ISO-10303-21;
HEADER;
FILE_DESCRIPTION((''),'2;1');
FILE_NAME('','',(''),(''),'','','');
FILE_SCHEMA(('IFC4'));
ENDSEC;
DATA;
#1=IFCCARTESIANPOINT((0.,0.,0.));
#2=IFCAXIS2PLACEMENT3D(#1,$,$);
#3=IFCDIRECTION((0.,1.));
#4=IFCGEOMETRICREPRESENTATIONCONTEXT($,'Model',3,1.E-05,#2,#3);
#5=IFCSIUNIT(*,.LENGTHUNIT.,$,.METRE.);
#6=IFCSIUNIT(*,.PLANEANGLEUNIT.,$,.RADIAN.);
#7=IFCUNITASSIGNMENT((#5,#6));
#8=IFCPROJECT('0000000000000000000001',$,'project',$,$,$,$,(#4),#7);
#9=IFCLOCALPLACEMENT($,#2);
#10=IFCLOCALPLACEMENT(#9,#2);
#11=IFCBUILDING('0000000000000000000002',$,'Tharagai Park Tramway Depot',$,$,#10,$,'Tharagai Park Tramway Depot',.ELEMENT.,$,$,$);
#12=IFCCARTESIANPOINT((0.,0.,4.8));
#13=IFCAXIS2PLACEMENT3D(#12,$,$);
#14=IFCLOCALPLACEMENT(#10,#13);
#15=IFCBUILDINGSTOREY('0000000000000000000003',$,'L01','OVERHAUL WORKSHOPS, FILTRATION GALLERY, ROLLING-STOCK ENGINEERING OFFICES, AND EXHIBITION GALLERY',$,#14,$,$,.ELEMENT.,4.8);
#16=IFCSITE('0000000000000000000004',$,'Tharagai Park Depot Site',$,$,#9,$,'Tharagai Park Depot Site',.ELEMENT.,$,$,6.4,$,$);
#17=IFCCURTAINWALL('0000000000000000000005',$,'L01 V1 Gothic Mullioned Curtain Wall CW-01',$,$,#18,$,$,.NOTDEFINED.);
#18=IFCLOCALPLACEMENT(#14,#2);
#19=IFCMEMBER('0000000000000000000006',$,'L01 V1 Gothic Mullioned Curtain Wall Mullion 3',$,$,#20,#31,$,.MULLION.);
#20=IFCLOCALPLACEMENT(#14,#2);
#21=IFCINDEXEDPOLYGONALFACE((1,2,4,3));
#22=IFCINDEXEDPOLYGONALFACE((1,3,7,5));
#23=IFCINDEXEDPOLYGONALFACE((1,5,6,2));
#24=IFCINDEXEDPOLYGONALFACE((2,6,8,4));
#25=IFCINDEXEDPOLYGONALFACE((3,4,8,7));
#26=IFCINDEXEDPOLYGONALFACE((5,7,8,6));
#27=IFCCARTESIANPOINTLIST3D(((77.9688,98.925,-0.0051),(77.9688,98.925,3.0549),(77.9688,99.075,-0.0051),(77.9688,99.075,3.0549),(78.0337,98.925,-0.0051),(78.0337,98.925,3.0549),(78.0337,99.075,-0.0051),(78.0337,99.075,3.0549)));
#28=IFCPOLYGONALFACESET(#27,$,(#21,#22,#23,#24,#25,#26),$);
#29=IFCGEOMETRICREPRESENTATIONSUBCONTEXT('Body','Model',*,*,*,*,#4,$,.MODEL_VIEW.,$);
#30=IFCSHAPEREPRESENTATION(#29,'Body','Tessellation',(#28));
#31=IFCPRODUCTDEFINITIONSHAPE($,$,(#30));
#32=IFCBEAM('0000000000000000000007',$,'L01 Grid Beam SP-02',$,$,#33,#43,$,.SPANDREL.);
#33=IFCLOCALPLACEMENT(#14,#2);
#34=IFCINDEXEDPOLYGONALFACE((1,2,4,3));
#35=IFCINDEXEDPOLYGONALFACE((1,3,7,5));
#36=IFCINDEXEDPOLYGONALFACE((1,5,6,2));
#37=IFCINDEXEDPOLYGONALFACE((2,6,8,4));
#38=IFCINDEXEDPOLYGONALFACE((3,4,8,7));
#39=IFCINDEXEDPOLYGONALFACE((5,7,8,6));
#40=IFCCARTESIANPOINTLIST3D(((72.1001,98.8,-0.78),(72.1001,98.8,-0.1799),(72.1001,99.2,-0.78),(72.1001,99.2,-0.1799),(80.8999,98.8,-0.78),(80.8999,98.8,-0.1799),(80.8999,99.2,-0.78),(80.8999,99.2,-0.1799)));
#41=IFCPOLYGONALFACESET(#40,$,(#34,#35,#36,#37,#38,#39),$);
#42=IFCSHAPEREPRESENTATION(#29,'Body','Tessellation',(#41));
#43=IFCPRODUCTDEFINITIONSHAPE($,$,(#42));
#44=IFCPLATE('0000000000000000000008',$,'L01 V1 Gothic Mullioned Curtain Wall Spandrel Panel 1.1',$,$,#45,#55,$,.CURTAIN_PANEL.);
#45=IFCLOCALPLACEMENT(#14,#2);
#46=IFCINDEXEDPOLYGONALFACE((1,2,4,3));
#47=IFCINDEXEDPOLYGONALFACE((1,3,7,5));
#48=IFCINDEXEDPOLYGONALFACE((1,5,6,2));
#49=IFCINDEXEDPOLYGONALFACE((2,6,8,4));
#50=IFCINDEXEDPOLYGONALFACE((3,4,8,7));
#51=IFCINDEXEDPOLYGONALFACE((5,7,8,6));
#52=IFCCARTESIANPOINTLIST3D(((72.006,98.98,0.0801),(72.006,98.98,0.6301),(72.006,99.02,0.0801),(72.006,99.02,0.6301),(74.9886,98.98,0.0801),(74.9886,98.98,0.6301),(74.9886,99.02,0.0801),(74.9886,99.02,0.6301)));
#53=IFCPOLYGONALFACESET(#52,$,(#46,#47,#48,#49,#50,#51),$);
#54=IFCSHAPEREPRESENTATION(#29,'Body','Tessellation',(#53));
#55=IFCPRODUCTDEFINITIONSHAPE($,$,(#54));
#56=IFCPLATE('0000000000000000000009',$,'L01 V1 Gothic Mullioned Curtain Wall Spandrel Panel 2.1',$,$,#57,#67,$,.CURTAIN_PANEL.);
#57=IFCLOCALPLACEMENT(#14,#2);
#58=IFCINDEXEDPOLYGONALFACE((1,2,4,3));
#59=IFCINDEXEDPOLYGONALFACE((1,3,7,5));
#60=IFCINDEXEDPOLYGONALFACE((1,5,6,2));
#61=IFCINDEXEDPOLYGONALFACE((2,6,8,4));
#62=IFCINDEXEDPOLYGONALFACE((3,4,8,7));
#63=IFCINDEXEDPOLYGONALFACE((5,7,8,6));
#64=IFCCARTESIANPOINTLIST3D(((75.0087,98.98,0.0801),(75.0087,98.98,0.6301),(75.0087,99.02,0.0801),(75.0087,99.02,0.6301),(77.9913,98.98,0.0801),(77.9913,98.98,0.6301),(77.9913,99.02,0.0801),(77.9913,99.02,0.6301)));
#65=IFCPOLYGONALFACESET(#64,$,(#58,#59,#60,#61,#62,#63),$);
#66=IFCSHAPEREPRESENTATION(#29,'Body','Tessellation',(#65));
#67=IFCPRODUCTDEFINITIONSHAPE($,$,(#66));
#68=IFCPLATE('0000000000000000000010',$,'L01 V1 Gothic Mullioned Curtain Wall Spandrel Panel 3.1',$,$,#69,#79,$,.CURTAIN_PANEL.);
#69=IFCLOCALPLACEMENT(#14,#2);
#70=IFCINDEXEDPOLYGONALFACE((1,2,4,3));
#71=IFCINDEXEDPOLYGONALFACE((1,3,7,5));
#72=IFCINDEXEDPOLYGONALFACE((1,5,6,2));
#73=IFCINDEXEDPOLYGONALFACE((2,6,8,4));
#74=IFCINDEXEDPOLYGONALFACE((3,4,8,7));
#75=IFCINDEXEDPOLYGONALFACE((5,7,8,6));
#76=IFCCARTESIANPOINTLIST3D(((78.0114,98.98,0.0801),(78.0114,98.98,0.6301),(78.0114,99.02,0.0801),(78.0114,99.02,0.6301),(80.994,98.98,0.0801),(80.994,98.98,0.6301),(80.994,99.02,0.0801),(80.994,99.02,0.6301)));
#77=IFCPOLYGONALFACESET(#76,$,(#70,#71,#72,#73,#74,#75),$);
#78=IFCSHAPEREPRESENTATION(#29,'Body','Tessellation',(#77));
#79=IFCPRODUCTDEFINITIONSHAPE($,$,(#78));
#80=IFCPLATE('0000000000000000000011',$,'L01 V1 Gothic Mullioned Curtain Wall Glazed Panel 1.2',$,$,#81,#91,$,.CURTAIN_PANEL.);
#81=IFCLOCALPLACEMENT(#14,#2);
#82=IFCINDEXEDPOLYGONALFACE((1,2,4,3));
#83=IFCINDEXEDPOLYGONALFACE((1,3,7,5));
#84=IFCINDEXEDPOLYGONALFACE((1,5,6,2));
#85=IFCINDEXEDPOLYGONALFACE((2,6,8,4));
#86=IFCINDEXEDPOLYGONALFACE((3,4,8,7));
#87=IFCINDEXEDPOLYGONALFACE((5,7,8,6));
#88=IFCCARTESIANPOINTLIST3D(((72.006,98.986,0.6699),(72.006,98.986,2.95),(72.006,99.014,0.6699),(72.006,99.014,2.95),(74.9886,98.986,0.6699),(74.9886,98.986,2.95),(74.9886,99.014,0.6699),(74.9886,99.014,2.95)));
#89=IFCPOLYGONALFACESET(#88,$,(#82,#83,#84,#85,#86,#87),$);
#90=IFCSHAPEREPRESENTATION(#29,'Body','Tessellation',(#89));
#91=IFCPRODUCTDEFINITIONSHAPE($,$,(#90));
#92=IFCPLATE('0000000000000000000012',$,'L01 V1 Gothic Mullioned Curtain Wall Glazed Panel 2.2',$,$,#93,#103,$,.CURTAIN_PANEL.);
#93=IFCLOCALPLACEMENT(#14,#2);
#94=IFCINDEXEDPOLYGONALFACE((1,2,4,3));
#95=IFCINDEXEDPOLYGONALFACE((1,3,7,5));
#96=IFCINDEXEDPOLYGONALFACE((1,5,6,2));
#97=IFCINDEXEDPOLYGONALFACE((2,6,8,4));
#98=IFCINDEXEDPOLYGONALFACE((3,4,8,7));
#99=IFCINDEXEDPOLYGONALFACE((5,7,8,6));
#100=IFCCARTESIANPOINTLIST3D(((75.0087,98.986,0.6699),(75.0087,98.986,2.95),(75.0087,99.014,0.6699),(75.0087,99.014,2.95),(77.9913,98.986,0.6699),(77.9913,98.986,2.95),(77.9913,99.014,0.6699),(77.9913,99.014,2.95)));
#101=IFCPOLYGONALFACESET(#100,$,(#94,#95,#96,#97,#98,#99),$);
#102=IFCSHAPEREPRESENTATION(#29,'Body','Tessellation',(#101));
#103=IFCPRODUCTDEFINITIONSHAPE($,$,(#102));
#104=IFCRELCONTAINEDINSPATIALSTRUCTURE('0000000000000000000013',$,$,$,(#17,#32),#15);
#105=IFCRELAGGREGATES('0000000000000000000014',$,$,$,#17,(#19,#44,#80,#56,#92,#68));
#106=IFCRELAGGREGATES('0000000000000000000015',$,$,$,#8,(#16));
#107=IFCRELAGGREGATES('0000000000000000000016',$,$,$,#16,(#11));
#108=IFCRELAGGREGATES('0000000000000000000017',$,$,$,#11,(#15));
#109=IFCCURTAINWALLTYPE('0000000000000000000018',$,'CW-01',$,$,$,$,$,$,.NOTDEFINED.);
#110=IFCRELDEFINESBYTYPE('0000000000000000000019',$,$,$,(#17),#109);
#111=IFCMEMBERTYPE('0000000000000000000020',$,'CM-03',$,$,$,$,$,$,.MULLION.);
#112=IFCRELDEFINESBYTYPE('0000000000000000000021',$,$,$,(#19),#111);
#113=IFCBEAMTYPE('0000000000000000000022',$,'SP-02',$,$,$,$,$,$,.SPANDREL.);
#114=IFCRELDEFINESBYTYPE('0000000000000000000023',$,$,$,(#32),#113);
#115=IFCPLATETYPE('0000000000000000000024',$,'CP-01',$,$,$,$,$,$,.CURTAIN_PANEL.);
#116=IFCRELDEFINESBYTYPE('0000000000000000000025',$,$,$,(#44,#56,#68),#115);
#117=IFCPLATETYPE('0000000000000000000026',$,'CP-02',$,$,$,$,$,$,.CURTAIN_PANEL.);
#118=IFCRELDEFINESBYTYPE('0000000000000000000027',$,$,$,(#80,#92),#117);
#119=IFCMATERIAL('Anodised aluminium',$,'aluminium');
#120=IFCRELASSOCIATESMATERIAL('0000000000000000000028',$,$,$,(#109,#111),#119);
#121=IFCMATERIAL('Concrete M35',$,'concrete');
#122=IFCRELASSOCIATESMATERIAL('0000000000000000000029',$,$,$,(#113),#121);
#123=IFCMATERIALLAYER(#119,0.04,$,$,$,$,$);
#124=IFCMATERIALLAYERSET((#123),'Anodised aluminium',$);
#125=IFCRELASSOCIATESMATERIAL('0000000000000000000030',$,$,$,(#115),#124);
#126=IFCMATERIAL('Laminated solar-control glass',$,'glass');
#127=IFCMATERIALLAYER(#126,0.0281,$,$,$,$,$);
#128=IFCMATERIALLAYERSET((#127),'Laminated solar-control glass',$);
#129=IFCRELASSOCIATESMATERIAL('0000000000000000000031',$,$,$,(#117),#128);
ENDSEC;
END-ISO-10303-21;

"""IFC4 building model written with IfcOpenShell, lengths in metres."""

from ifc_helpers import new_model, si_unit, direction, frame, origin, origin_2d, place, context, subcontext, project, spatial, rectangle, extrude, material, layer, layer_set, material_profile, profile_set, type_object, element, aggregate, save


model = new_model("IFC4")

# Units and contexts
model_context = context("Model", 3, precision=1e-05, world=origin(), true_north=direction((0.0, 1.0)))
body_context = subcontext(model_context, "Body", "Model", "MODEL_VIEW")
ifc_project = project(units=[si_unit("LENGTHUNIT", "METRE"), si_unit("PLANEANGLEUNIT", "RADIAN")], contexts=[model_context])

# Site, building, storey
site_placement = place(None, origin())
site = spatial("IfcSite", under=ifc_project, at=site_placement, Name="Tharagai Park Depot Site", LongName="Tharagai Park Depot Site", CompositionType="ELEMENT", RefElevation=6.4)
building_placement = place(site_placement, origin())
building = spatial("IfcBuilding", under=site, at=building_placement, Name="Tharagai Park Tramway Depot", LongName="Tharagai Park Tramway Depot", CompositionType="ELEMENT")
storey_placement = place(building_placement, frame((0.0, 0.0, 4.8)))
storey = spatial("IfcBuildingStorey", under=building, at=storey_placement, Name="L01", Description="OVERHAUL WORKSHOPS, FILTRATION GALLERY, ROLLING-STOCK ENGINEERING OFFICES, AND EXHIBITION GALLERY", CompositionType="ELEMENT", Elevation=4.8)

# Curtain wall, member
ifc_material_1 = material(Name="Anodised aluminium", Category="aluminium")
curtain_wall_type = type_object("IfcCurtainWallType", Name="CW-01", PredefinedType="NOTDEFINED", material=ifc_material_1)
curtain_wall_placement = place(storey_placement, origin())
curtain_wall = element("IfcCurtainWall", 1, at=curtain_wall_placement, inside=storey, type_object=curtain_wall_type, Name="L01 V1 Gothic Mullioned Curtain Wall CW-01", PredefinedType="NOTDEFINED")
ifc_material_profile_1 = material_profile(ifc_material_1, rectangle(XDim=0.0649, YDim=0.1499, at=origin_2d()), Name="ALU 65x150")
ifc_profile_set_1 = profile_set([ifc_material_profile_1], Name="Anodised aluminium")
member_type_1 = type_object("IfcMemberType", Name="CM-03", PredefinedType="MULLION", material=ifc_profile_set_1)
member_1_placement = place(storey_placement, frame((78.0012, 99.0, -0.0051), z_axis=(0.0, 0.0, 1.0), x_axis=(1.0, 0.0, 0.0)))
member_1 = element("IfcMember", 2, at=member_1_placement, type_object=member_type_1, Name="L01 V1 Gothic Mullioned Curtain Wall Mullion 3", PredefinedType="MULLION", context=body_context, shape_type="SweptSolid", body=[
    extrude(rectangle(XDim=0.0649, YDim=0.1499, at=origin_2d()), origin(), (0.0, 0.0, 1.0), 3.0601),
])

# Beam
ifc_material_2 = material(Name="Concrete M35", Category="concrete")
ifc_material_profile_2 = material_profile(ifc_material_2, rectangle(XDim=0.3999, YDim=0.6001, at=origin_2d()), Name="RC 400x600")
ifc_profile_set_2 = profile_set([ifc_material_profile_2], Name="Concrete M35")
beam_type = type_object("IfcBeamType", Name="SP-02", PredefinedType="SPANDREL", material=ifc_profile_set_2)
beam_placement = place(storey_placement, frame((72.1001, 99.0, -0.48), z_axis=(1.0, 0.0, 0.0), x_axis=(0.0, 1.0, 0.0)))
element("IfcBeam", 3, at=beam_placement, inside=storey, type_object=beam_type, Name="L01 Grid Beam SP-02", PredefinedType="SPANDREL", context=body_context, shape_type="SweptSolid", body=[
    extrude(rectangle(XDim=0.3999, YDim=0.6001, at=origin_2d()), origin(), (0.0, 0.0, 1.0), 8.7998),
])

# Plates
ifc_layer_1 = layer(ifc_material_1, 0.04)
ifc_layer_set_1 = layer_set([ifc_layer_1], Name="Anodised aluminium")
plate_type_1 = type_object("IfcPlateType", Name="CP-01", PredefinedType="CURTAIN_PANEL", material=ifc_layer_set_1)
plate_1_placement = place(storey_placement, frame((73.4973, 99.0, 0.0801), z_axis=(0.0, 0.0, 1.0), x_axis=(1.0, 0.0, 0.0)))
plate_1 = element("IfcPlate", 4, at=plate_1_placement, type_object=plate_type_1, Name="L01 V1 Gothic Mullioned Curtain Wall Spandrel Panel 1.1", PredefinedType="CURTAIN_PANEL", context=body_context, shape_type="SweptSolid", body=[
    extrude(rectangle(XDim=2.9827, YDim=0.04, at=origin_2d()), origin(), (0.0, 0.0, 1.0), 0.55),
])
plate_2_placement = place(storey_placement, frame((76.5, 99.0, 0.0801), z_axis=(0.0, 0.0, 1.0), x_axis=(1.0, 0.0, 0.0)))
plate_2 = element("IfcPlate", 5, at=plate_2_placement, type_object=plate_type_1, Name="L01 V1 Gothic Mullioned Curtain Wall Spandrel Panel 2.1", PredefinedType="CURTAIN_PANEL", context=body_context, shape_type="SweptSolid", body=[
    extrude(rectangle(XDim=2.9827, YDim=0.04, at=origin_2d()), origin(), (0.0, 0.0, 1.0), 0.55),
])
plate_3_placement = place(storey_placement, frame((79.5027, 99.0, 0.0801), z_axis=(0.0, 0.0, 1.0), x_axis=(1.0, 0.0, 0.0)))
plate_3 = element("IfcPlate", 6, at=plate_3_placement, type_object=plate_type_1, Name="L01 V1 Gothic Mullioned Curtain Wall Spandrel Panel 3.1", PredefinedType="CURTAIN_PANEL", context=body_context, shape_type="SweptSolid", body=[
    extrude(rectangle(XDim=2.9827, YDim=0.04, at=origin_2d()), origin(), (0.0, 0.0, 1.0), 0.55),
])
ifc_material_3 = material(Name="Laminated solar-control glass", Category="glass")
ifc_layer_2 = layer(ifc_material_3, 0.0281)
ifc_layer_set_2 = layer_set([ifc_layer_2], Name="Laminated solar-control glass")
plate_type_2 = type_object("IfcPlateType", Name="CP-02", PredefinedType="CURTAIN_PANEL", material=ifc_layer_set_2)
plate_4_placement = place(storey_placement, frame((73.4973, 99.0, 0.6699), z_axis=(0.0, 0.0, 1.0), x_axis=(1.0, 0.0, 0.0)))
plate_4 = element("IfcPlate", 7, at=plate_4_placement, type_object=plate_type_2, Name="L01 V1 Gothic Mullioned Curtain Wall Glazed Panel 1.2", PredefinedType="CURTAIN_PANEL", context=body_context, shape_type="SweptSolid", body=[
    extrude(rectangle(XDim=2.9827, YDim=0.0281, at=origin_2d()), origin(), (0.0, 0.0, 1.0), 2.28),
])
plate_5_placement = place(storey_placement, frame((76.5, 99.0, 0.6699), z_axis=(0.0, 0.0, 1.0), x_axis=(1.0, 0.0, 0.0)))
plate_5 = element("IfcPlate", 8, at=plate_5_placement, type_object=plate_type_2, Name="L01 V1 Gothic Mullioned Curtain Wall Glazed Panel 2.2", PredefinedType="CURTAIN_PANEL", context=body_context, shape_type="SweptSolid", body=[
    extrude(rectangle(XDim=2.9827, YDim=0.0281, at=origin_2d()), origin(), (0.0, 0.0, 1.0), 2.28),
])
aggregate(curtain_wall, [member_1, plate_1, plate_4, plate_2, plate_5, plate_3])

save(model, "model.ifc")
